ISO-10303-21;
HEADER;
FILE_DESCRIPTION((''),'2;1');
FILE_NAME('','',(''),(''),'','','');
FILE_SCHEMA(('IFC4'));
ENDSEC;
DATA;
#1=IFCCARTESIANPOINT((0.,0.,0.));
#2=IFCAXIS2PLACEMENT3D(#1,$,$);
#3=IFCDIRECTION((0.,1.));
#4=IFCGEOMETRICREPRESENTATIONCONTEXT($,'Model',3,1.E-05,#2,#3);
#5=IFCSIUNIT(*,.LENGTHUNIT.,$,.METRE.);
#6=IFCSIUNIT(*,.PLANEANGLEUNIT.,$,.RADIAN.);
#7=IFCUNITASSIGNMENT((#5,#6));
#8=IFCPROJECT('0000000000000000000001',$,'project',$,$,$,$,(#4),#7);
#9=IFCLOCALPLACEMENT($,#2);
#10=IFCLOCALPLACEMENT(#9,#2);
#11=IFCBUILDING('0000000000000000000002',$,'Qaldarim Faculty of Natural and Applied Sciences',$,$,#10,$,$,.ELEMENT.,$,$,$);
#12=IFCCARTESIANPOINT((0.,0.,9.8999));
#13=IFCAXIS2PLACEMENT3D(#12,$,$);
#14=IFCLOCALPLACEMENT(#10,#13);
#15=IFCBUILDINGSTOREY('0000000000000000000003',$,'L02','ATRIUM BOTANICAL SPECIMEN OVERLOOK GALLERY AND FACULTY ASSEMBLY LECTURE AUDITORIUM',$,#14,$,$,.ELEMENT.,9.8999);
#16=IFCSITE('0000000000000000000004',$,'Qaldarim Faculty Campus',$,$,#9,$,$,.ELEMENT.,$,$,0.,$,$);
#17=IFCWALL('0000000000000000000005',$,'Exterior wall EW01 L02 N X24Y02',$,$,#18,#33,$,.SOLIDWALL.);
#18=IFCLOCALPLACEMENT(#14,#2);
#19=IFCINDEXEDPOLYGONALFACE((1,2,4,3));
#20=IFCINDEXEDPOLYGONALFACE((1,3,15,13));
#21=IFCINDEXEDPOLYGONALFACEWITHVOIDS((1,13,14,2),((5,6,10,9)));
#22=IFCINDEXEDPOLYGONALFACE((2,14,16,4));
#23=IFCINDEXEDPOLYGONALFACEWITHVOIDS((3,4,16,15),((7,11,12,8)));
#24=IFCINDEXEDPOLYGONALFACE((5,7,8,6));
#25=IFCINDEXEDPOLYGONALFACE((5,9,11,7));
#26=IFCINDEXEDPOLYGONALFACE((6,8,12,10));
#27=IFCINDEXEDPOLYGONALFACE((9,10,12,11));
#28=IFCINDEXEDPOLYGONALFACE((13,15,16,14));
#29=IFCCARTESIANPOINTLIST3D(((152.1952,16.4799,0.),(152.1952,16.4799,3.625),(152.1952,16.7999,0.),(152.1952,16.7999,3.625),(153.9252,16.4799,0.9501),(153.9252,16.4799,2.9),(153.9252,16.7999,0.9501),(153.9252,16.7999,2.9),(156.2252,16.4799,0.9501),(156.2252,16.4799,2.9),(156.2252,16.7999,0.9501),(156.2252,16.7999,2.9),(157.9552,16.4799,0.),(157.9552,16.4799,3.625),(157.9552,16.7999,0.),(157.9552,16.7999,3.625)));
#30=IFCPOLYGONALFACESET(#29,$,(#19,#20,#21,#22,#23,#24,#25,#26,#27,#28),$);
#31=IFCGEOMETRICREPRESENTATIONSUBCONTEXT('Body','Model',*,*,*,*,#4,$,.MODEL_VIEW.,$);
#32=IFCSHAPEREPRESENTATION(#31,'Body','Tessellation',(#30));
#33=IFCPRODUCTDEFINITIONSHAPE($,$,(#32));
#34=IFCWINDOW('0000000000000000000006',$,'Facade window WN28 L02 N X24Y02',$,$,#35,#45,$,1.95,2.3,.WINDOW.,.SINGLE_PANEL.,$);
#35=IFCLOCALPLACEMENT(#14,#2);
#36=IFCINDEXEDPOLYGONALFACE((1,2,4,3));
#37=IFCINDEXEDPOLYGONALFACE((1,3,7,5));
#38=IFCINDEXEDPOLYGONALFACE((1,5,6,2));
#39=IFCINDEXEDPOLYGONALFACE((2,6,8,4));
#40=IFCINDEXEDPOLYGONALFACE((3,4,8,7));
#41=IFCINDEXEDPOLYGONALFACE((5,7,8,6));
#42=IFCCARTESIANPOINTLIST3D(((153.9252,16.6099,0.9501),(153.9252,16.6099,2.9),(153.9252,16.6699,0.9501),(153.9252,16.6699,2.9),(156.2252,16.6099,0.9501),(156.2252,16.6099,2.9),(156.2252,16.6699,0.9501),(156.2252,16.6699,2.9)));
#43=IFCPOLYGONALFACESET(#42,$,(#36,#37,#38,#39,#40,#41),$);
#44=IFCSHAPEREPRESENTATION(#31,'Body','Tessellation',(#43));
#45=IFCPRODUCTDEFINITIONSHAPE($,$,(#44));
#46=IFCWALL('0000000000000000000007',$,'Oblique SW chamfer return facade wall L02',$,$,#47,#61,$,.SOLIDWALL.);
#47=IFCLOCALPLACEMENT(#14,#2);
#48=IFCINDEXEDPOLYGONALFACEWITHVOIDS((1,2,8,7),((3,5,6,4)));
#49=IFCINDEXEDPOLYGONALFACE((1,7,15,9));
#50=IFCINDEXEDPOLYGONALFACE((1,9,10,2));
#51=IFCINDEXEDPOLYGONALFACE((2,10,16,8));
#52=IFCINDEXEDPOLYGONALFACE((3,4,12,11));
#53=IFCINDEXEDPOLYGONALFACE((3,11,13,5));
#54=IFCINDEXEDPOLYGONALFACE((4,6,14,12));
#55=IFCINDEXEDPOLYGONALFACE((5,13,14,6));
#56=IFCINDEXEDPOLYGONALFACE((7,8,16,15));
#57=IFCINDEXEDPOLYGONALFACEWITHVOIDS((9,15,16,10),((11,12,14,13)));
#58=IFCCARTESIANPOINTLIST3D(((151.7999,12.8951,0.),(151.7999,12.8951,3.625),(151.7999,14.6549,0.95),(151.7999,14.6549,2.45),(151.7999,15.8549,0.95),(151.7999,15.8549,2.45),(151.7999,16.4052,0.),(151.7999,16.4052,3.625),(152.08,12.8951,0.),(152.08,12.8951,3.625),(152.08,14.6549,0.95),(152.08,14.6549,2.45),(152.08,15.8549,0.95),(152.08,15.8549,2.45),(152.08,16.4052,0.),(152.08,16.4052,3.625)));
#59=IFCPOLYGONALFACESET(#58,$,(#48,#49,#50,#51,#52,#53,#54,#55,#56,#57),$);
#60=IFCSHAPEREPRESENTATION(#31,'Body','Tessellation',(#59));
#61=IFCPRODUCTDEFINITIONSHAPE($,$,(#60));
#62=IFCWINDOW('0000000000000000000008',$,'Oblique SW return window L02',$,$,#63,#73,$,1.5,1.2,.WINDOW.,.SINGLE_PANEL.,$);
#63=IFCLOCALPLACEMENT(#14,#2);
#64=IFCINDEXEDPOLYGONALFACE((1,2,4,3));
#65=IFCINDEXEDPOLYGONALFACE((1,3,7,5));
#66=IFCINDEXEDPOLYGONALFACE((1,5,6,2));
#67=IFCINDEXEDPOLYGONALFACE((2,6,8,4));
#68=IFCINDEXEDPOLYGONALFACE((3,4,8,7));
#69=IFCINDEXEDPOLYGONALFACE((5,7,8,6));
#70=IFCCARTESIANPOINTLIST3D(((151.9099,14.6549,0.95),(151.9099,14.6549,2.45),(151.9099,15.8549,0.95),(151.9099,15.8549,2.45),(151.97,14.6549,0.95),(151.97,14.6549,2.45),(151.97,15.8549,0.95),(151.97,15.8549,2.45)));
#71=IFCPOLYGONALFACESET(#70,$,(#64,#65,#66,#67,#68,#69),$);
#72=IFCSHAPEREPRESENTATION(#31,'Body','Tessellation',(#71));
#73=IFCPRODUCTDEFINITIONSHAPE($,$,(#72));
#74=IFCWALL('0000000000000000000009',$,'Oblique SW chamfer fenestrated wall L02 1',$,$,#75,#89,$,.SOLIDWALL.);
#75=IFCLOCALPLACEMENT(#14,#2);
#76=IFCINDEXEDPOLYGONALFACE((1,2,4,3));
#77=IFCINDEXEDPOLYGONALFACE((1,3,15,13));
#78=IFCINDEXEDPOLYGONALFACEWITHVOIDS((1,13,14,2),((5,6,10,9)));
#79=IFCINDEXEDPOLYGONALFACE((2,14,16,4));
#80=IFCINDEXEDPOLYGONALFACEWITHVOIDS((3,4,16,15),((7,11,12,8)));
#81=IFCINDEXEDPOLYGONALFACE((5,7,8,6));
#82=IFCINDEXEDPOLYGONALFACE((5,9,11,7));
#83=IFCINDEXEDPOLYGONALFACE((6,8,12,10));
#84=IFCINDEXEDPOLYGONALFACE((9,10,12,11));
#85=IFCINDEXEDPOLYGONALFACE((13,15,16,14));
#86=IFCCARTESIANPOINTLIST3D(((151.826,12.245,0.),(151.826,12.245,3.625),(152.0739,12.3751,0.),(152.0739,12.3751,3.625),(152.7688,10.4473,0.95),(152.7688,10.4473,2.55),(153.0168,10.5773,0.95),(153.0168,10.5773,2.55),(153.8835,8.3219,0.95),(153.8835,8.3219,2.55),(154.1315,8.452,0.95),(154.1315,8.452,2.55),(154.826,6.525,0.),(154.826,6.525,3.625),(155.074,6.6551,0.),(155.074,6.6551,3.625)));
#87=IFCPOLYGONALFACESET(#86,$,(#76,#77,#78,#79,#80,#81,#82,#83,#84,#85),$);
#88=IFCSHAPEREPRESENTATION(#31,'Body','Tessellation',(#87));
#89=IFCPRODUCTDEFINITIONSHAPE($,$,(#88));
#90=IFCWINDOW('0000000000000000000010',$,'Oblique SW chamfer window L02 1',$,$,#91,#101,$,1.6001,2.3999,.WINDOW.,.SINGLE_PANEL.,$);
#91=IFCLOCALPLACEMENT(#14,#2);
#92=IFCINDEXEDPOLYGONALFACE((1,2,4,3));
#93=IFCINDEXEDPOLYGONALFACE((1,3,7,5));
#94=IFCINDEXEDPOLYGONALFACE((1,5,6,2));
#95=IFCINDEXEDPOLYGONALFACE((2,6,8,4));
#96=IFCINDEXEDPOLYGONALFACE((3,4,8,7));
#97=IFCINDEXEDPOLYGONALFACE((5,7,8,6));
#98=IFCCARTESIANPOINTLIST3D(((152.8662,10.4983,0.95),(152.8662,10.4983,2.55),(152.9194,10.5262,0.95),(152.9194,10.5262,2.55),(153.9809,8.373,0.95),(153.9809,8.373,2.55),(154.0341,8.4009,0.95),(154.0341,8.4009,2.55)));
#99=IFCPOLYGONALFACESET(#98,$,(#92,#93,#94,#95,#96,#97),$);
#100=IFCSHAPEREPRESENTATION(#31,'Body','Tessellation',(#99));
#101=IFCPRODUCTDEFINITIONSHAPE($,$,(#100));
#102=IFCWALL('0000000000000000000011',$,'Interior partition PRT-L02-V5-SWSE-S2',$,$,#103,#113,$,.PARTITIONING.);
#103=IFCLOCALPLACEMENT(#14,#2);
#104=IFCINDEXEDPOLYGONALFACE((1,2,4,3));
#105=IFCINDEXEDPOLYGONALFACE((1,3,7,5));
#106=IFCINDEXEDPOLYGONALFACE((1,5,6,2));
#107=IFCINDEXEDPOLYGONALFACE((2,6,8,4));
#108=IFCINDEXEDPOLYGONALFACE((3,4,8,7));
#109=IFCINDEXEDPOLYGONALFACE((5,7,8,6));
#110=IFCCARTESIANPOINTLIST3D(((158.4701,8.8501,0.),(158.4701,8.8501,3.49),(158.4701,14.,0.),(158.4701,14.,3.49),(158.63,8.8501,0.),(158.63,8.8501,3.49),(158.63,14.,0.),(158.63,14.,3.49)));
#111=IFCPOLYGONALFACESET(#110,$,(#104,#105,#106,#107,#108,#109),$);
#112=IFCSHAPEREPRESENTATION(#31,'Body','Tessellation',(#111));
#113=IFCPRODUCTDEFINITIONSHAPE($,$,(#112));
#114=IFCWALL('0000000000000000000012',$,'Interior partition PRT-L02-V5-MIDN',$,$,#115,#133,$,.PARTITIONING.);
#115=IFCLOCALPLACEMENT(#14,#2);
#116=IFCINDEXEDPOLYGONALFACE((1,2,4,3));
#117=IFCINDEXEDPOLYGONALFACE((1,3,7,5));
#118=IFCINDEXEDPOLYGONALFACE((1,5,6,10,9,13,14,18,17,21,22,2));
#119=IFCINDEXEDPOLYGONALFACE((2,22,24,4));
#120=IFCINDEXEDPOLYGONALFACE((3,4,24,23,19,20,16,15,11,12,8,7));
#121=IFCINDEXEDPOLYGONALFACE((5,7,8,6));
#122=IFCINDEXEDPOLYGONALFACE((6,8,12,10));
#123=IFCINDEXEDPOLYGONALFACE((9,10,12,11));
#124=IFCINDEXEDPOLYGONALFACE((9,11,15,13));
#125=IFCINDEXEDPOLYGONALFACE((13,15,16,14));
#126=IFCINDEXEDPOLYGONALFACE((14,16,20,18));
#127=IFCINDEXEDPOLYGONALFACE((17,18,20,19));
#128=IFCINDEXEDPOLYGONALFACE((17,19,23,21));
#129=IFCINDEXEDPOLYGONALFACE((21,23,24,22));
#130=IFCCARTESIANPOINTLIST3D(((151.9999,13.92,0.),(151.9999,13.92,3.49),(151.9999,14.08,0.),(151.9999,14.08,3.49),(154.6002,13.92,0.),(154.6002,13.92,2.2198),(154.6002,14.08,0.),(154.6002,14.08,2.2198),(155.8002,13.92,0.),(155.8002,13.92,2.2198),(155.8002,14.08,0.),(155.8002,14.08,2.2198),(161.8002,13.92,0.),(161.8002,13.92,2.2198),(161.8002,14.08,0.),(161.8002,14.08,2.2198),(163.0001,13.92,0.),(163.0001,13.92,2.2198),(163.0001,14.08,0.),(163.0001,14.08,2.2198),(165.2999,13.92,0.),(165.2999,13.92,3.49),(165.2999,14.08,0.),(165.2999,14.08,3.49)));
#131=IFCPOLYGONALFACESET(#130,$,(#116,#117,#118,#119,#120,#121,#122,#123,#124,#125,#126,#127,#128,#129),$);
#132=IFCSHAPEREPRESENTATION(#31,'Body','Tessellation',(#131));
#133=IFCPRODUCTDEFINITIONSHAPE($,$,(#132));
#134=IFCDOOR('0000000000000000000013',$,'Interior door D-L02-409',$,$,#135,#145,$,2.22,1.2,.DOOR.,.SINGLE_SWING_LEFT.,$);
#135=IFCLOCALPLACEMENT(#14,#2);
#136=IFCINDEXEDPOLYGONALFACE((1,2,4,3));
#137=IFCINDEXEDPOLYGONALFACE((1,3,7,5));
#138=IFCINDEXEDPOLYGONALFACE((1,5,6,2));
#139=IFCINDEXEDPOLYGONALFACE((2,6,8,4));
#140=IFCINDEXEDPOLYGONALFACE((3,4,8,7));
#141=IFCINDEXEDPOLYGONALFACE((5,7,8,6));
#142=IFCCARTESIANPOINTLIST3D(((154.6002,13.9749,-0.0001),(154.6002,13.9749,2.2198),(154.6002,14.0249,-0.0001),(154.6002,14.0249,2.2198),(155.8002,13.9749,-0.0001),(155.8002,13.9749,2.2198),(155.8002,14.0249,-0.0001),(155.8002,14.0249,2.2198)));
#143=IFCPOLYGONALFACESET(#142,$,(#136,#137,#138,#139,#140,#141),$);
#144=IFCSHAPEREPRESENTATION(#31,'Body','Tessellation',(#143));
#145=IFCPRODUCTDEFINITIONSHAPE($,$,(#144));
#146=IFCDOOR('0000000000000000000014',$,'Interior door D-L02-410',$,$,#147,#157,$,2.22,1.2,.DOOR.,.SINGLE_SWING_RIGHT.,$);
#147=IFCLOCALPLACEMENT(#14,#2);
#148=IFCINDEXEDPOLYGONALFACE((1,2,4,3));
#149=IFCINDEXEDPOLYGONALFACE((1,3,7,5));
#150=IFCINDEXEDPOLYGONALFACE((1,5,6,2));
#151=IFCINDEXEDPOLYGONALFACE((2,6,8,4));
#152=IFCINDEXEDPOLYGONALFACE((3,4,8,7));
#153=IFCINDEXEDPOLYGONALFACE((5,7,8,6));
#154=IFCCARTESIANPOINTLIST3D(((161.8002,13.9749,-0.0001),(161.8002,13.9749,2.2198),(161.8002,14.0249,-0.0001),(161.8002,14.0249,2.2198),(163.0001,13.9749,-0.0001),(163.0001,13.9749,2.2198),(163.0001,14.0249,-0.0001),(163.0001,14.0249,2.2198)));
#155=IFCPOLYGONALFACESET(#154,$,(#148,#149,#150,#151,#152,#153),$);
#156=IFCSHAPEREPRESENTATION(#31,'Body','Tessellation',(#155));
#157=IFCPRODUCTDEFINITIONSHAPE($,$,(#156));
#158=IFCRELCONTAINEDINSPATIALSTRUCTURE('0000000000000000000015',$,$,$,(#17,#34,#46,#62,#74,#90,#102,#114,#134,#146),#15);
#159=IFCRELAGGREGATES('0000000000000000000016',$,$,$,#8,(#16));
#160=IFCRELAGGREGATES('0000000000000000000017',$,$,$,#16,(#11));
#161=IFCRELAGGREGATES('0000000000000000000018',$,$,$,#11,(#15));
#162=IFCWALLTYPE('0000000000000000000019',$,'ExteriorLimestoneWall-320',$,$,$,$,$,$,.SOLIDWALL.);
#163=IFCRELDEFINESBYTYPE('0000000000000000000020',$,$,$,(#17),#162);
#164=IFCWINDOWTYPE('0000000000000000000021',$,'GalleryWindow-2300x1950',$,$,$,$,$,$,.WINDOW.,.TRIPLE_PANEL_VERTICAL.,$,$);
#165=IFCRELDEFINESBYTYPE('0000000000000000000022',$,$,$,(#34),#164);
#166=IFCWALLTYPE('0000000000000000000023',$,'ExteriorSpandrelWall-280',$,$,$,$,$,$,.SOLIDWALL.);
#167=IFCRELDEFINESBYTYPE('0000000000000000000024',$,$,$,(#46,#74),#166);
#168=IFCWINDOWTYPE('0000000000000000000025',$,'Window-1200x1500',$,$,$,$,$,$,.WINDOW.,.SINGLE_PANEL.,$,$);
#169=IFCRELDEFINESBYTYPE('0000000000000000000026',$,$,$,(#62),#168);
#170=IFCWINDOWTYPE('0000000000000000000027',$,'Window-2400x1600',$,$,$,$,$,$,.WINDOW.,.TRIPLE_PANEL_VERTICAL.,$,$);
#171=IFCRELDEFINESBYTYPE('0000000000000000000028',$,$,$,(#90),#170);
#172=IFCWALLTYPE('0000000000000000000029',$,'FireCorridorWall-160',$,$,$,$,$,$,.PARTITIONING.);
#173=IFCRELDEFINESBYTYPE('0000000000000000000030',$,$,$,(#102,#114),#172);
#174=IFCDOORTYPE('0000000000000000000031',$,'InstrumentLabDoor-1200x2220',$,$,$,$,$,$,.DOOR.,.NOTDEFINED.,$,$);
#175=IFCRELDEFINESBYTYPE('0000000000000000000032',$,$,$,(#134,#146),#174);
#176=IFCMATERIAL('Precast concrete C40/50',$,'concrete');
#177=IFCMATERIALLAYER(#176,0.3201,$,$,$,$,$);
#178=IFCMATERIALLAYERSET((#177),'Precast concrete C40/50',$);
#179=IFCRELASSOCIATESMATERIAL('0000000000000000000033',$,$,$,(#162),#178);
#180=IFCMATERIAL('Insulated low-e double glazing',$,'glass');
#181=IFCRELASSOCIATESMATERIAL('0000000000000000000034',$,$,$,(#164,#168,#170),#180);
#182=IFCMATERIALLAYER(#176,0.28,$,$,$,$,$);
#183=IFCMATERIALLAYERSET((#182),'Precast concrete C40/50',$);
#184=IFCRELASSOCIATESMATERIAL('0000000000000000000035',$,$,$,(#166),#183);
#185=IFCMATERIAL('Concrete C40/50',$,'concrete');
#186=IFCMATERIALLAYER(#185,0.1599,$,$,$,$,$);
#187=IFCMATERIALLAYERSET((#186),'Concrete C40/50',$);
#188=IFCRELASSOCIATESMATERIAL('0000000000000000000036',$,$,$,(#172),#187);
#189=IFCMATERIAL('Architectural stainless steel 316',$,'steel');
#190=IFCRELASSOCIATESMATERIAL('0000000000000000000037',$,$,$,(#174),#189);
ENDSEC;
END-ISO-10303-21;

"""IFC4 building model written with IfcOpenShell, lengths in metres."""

from ifc_helpers import new_model, si_unit, direction, frame, frame_2d, origin, place, context, subcontext, project, spatial, rectangle, extrude, material, layer, layer_set, type_object, element, fill, save


model = new_model("IFC4")

# Units and contexts
model_context = context("Model", 3, precision=1e-05, world=origin(), true_north=direction((0.0, 1.0)))
body_context = subcontext(model_context, "Body", "Model", "MODEL_VIEW")
ifc_project = project(units=[si_unit("LENGTHUNIT", "METRE"), si_unit("PLANEANGLEUNIT", "RADIAN")], contexts=[model_context])

# Site, building, storey
site_placement = place(None, origin())
site = spatial("IfcSite", under=ifc_project, at=site_placement, Name="Qaldarim Faculty Campus", CompositionType="ELEMENT", RefElevation=0.0)
building_placement = place(site_placement, origin())
building = spatial("IfcBuilding", under=site, at=building_placement, Name="Qaldarim Faculty of Natural and Applied Sciences", CompositionType="ELEMENT")
storey_placement = place(building_placement, frame((0.0, 0.0, 9.8999)))
storey = spatial("IfcBuildingStorey", under=building, at=storey_placement, Name="L02", Description="ATRIUM BOTANICAL SPECIMEN OVERLOOK GALLERY AND FACULTY ASSEMBLY LECTURE AUDITORIUM", CompositionType="ELEMENT", Elevation=9.8999)

# Shared definitions
ifc_material_1 = material(Name="Concrete C40/50", Category="concrete")
ifc_material_2 = material(Name="Precast concrete C40/50", Category="concrete")

# Walls, openings, windows
ifc_layer_1 = layer(ifc_material_2, 0.3201)
ifc_layer_set_1 = layer_set([ifc_layer_1], Name="Precast concrete C40/50")
wall_type_1 = type_object("IfcWallType", Name="ExteriorLimestoneWall-320", PredefinedType="SOLIDWALL", material=ifc_layer_set_1)
wall_1_placement = place(storey_placement, frame((157.9551, 16.6399, 0.0), z_axis=(0.0, 0.0, 1.0), x_axis=(-1.0, 0.0, 0.0)))
wall_1 = element("IfcWall", 1, at=wall_1_placement, inside=storey, type_object=wall_type_1, Name="Exterior wall EW01 L02 N X24Y02", PredefinedType="SOLIDWALL", context=body_context, shape_type="SweptSolid", body=[
    extrude(rectangle(XDim=5.76, YDim=0.3201, at=frame_2d((2.8799, 0.0))), origin(), (0.0, 0.0, 1.0), 3.625),
])
opening_1_placement = place(wall_1_placement, frame((1.73, 0.0, 0.95)))
opening_1 = element("IfcOpeningElement", 2, at=opening_1_placement, cuts=wall_1, PredefinedType="OPENING", context=body_context, shape_type="SweptSolid", body=[
    extrude(rectangle(XDim=2.3, YDim=1.95, at=frame_2d((1.1499, 0.9751))), frame((0.0, 0.1699, 0.0), z_axis=(0.0, -1.0, 0.0), x_axis=(1.0, 0.0, 0.0)), (0.0, 0.0, 1.0), 0.3401),
])
ifc_material_3 = material(Name="Insulated low-e double glazing", Category="glass")
window_type_1 = type_object("IfcWindowType", Name="GalleryWindow-2300x1950", PartitioningType="TRIPLE_PANEL_VERTICAL", PredefinedType="WINDOW", material=ifc_material_3)
window_1_placement = place(opening_1_placement, origin())
window_1 = element("IfcWindow", 3, at=window_1_placement, inside=storey, type_object=window_type_1, Name="Facade window WN28 L02 N X24Y02", OverallHeight=1.95, OverallWidth=2.3, PartitioningType="SINGLE_PANEL", PredefinedType="WINDOW", context=body_context, shape_type="SweptSolid", body=[
    extrude(rectangle(XDim=2.3, YDim=1.95, at=frame_2d((1.1499, 0.9751))), frame((0.0, 0.03, 0.0), z_axis=(0.0, -1.0, 0.0), x_axis=(1.0, 0.0, 0.0)), (0.0, 0.0, 1.0), 0.0601),
])
fill(opening_1, window_1)
ifc_layer_2 = layer(ifc_material_2, 0.28)
ifc_layer_set_2 = layer_set([ifc_layer_2], Name="Precast concrete C40/50")
wall_type_2 = type_object("IfcWallType", Name="ExteriorSpandrelWall-280", PredefinedType="SOLIDWALL", material=ifc_layer_set_2)
wall_2_placement = place(storey_placement, frame((151.9399, 16.405, 0.0), z_axis=(0.0, 0.0, 1.0), x_axis=(0.0, -1.0, 0.0)))
wall_2 = element("IfcWall", 4, at=wall_2_placement, inside=storey, type_object=wall_type_2, Name="Oblique SW chamfer return facade wall L02", PredefinedType="SOLIDWALL", context=body_context, shape_type="SweptSolid", body=[
    extrude(rectangle(XDim=3.51, YDim=0.28, at=frame_2d((1.7549, 0.0))), origin(), (0.0, 0.0, 1.0), 3.625),
])
opening_2_placement = place(wall_2_placement, frame((0.55, 0.0, 0.95)))
opening_2 = element("IfcOpeningElement", 5, at=opening_2_placement, cuts=wall_2, PredefinedType="OPENING", context=body_context, shape_type="SweptSolid", body=[
    extrude(rectangle(XDim=1.2, YDim=1.5, at=frame_2d((0.6001, 0.75))), frame((0.0, 0.1499, 0.0), z_axis=(0.0, -1.0, 0.0), x_axis=(1.0, 0.0, 0.0)), (0.0, 0.0, 1.0), 0.3),
])
window_type_2 = type_object("IfcWindowType", Name="Window-1200x1500", PartitioningType="SINGLE_PANEL", PredefinedType="WINDOW", material=ifc_material_3)
window_2_placement = place(opening_2_placement, origin())
window_2 = element("IfcWindow", 6, at=window_2_placement, inside=storey, type_object=window_type_2, Name="Oblique SW return window L02", OverallHeight=1.5, OverallWidth=1.2, PartitioningType="SINGLE_PANEL", PredefinedType="WINDOW", context=body_context, shape_type="SweptSolid", body=[
    extrude(rectangle(XDim=1.2, YDim=1.5, at=frame_2d((0.6001, 0.75))), frame((0.0, 0.03, 0.0), z_axis=(0.0, -1.0, 0.0), x_axis=(1.0, 0.0, 0.0)), (0.0, 0.0, 1.0), 0.0601),
])
fill(opening_2, window_2)
wall_3_placement = place(storey_placement, frame((151.95, 12.3101, 0.0), z_axis=(0.0, 0.0, 1.0), x_axis=(0.464472, -0.885588, 0.0)))
wall_3 = element("IfcWall", 7, at=wall_3_placement, inside=storey, type_object=wall_type_2, Name="Oblique SW chamfer fenestrated wall L02 1", PredefinedType="SOLIDWALL", context=body_context, shape_type="SweptSolid", body=[
    extrude(rectangle(XDim=6.459, YDim=0.28, at=frame_2d((3.2295, 0.0))), origin(), (0.0, 0.0, 1.0), 3.625),
])
opening_3_placement = place(wall_3_placement, frame((2.03, 0.0, 0.95)))
opening_3 = element("IfcOpeningElement", 8, at=opening_3_placement, cuts=wall_3, PredefinedType="OPENING", context=body_context, shape_type="SweptSolid", body=[
    extrude(rectangle(XDim=2.3999, YDim=1.6001, at=frame_2d((1.2, 0.8))), frame((0.0, 0.1499, 0.0), z_axis=(0.0, -1.0, 0.0), x_axis=(1.0, 0.0, 0.0)), (0.0, 0.0, 1.0), 0.3),
])
window_type_3 = type_object("IfcWindowType", Name="Window-2400x1600", PartitioningType="TRIPLE_PANEL_VERTICAL", PredefinedType="WINDOW", material=ifc_material_3)
window_3_placement = place(opening_3_placement, origin())
window_3 = element("IfcWindow", 9, at=window_3_placement, inside=storey, type_object=window_type_3, Name="Oblique SW chamfer window L02 1", OverallHeight=1.6001, OverallWidth=2.3999, PartitioningType="SINGLE_PANEL", PredefinedType="WINDOW", context=body_context, shape_type="SweptSolid", body=[
    extrude(rectangle(XDim=2.3999, YDim=1.6001, at=frame_2d((1.2, 0.8))), frame((0.0, 0.03, 0.0), z_axis=(0.0, -1.0, 0.0), x_axis=(1.0, 0.0, 0.0)), (0.0, 0.0, 1.0), 0.0601),
])
fill(opening_3, window_3)

# Wall
ifc_layer_3 = layer(ifc_material_1, 0.1599)
ifc_layer_set_3 = layer_set([ifc_layer_3], Name="Concrete C40/50")
wall_type_3 = type_object("IfcWallType", Name="FireCorridorWall-160", PredefinedType="PARTITIONING", material=ifc_layer_set_3)
wall_4_placement = place(storey_placement, frame((158.55, 8.8501, 0.0), z_axis=(0.0, 0.0, 1.0), x_axis=(0.0, 1.0, 0.0)))
element("IfcWall", 10, at=wall_4_placement, inside=storey, type_object=wall_type_3, Name="Interior partition PRT-L02-V5-SWSE-S2", PredefinedType="PARTITIONING", context=body_context, shape_type="SweptSolid", body=[
    extrude(rectangle(XDim=5.1499, YDim=0.1599, at=frame_2d((2.575, 0.0))), origin(), (0.0, 0.0, 1.0), 3.49),
])

# Wall, openings, doors
wall_5_placement = place(storey_placement, frame((152.0, 14.0, 0.0), z_axis=(0.0, 0.0, 1.0), x_axis=(1.0, 0.0, 0.0)))
wall_5 = element("IfcWall", 11, at=wall_5_placement, inside=storey, type_object=wall_type_3, Name="Interior partition PRT-L02-V5-MIDN", PredefinedType="PARTITIONING", context=body_context, shape_type="SweptSolid", body=[
    extrude(rectangle(XDim=13.3, YDim=0.1599, at=frame_2d((6.6499, 0.0))), origin(), (0.0, 0.0, 1.0), 3.49),
])
opening_4_placement = place(wall_5_placement, frame((2.6001, 0.0, 0.0)))
opening_4 = element("IfcOpeningElement", 12, at=opening_4_placement, cuts=wall_5, PredefinedType="OPENING", context=body_context, shape_type="SweptSolid", body=[
    extrude(rectangle(XDim=1.2, YDim=2.22, at=frame_2d((0.6001, 1.1099))), frame((0.0, 0.0898, 0.0), z_axis=(0.0, -1.0, 0.0), x_axis=(1.0, 0.0, 0.0)), (0.0, 0.0, 1.0), 0.1799),
])
opening_5_placement = place(wall_5_placement, frame((9.8, 0.0, 0.0)))
opening_5 = element("IfcOpeningElement", 13, at=opening_5_placement, cuts=wall_5, PredefinedType="OPENING", context=body_context, shape_type="SweptSolid", body=[
    extrude(rectangle(XDim=1.2, YDim=2.22, at=frame_2d((0.6001, 1.1099))), frame((0.0, 0.0898, 0.0), z_axis=(0.0, -1.0, 0.0), x_axis=(1.0, 0.0, 0.0)), (0.0, 0.0, 1.0), 0.1799),
])
ifc_material_4 = material(Name="Architectural stainless steel 316", Category="steel")
door_type_1 = type_object("IfcDoorType", Name="InstrumentLabDoor-1200x2220", OperationType="NOTDEFINED", PredefinedType="DOOR", material=ifc_material_4)
door_1_placement = place(opening_4_placement, origin())
door_1 = element("IfcDoor", 14, at=door_1_placement, inside=storey, type_object=door_type_1, Name="Interior door D-L02-409", OperationType="SINGLE_SWING_LEFT", OverallHeight=2.22, OverallWidth=1.2, PredefinedType="DOOR", context=body_context, shape_type="SweptSolid", body=[
    extrude(rectangle(XDim=1.2, YDim=2.22, at=frame_2d((0.6001, 1.1099))), frame((0.0, 0.0249, 0.0), z_axis=(0.0, -1.0, 0.0), x_axis=(1.0, 0.0, 0.0)), (0.0, 0.0, 1.0), 0.05),
])
fill(opening_4, door_1)
door_2_placement = place(opening_5_placement, origin())
door_2 = element("IfcDoor", 15, at=door_2_placement, inside=storey, type_object=door_type_1, Name="Interior door D-L02-410", OperationType="SINGLE_SWING_RIGHT", OverallHeight=2.22, OverallWidth=1.2, PredefinedType="DOOR", context=body_context, shape_type="SweptSolid", body=[
    extrude(rectangle(XDim=1.2, YDim=2.22, at=frame_2d((0.6001, 1.1099))), frame((0.0, 0.0249, 0.0), z_axis=(0.0, -1.0, 0.0), x_axis=(1.0, 0.0, 0.0)), (0.0, 0.0, 1.0), 0.05),
])
fill(opening_5, door_2)

save(model, "model.ifc")
